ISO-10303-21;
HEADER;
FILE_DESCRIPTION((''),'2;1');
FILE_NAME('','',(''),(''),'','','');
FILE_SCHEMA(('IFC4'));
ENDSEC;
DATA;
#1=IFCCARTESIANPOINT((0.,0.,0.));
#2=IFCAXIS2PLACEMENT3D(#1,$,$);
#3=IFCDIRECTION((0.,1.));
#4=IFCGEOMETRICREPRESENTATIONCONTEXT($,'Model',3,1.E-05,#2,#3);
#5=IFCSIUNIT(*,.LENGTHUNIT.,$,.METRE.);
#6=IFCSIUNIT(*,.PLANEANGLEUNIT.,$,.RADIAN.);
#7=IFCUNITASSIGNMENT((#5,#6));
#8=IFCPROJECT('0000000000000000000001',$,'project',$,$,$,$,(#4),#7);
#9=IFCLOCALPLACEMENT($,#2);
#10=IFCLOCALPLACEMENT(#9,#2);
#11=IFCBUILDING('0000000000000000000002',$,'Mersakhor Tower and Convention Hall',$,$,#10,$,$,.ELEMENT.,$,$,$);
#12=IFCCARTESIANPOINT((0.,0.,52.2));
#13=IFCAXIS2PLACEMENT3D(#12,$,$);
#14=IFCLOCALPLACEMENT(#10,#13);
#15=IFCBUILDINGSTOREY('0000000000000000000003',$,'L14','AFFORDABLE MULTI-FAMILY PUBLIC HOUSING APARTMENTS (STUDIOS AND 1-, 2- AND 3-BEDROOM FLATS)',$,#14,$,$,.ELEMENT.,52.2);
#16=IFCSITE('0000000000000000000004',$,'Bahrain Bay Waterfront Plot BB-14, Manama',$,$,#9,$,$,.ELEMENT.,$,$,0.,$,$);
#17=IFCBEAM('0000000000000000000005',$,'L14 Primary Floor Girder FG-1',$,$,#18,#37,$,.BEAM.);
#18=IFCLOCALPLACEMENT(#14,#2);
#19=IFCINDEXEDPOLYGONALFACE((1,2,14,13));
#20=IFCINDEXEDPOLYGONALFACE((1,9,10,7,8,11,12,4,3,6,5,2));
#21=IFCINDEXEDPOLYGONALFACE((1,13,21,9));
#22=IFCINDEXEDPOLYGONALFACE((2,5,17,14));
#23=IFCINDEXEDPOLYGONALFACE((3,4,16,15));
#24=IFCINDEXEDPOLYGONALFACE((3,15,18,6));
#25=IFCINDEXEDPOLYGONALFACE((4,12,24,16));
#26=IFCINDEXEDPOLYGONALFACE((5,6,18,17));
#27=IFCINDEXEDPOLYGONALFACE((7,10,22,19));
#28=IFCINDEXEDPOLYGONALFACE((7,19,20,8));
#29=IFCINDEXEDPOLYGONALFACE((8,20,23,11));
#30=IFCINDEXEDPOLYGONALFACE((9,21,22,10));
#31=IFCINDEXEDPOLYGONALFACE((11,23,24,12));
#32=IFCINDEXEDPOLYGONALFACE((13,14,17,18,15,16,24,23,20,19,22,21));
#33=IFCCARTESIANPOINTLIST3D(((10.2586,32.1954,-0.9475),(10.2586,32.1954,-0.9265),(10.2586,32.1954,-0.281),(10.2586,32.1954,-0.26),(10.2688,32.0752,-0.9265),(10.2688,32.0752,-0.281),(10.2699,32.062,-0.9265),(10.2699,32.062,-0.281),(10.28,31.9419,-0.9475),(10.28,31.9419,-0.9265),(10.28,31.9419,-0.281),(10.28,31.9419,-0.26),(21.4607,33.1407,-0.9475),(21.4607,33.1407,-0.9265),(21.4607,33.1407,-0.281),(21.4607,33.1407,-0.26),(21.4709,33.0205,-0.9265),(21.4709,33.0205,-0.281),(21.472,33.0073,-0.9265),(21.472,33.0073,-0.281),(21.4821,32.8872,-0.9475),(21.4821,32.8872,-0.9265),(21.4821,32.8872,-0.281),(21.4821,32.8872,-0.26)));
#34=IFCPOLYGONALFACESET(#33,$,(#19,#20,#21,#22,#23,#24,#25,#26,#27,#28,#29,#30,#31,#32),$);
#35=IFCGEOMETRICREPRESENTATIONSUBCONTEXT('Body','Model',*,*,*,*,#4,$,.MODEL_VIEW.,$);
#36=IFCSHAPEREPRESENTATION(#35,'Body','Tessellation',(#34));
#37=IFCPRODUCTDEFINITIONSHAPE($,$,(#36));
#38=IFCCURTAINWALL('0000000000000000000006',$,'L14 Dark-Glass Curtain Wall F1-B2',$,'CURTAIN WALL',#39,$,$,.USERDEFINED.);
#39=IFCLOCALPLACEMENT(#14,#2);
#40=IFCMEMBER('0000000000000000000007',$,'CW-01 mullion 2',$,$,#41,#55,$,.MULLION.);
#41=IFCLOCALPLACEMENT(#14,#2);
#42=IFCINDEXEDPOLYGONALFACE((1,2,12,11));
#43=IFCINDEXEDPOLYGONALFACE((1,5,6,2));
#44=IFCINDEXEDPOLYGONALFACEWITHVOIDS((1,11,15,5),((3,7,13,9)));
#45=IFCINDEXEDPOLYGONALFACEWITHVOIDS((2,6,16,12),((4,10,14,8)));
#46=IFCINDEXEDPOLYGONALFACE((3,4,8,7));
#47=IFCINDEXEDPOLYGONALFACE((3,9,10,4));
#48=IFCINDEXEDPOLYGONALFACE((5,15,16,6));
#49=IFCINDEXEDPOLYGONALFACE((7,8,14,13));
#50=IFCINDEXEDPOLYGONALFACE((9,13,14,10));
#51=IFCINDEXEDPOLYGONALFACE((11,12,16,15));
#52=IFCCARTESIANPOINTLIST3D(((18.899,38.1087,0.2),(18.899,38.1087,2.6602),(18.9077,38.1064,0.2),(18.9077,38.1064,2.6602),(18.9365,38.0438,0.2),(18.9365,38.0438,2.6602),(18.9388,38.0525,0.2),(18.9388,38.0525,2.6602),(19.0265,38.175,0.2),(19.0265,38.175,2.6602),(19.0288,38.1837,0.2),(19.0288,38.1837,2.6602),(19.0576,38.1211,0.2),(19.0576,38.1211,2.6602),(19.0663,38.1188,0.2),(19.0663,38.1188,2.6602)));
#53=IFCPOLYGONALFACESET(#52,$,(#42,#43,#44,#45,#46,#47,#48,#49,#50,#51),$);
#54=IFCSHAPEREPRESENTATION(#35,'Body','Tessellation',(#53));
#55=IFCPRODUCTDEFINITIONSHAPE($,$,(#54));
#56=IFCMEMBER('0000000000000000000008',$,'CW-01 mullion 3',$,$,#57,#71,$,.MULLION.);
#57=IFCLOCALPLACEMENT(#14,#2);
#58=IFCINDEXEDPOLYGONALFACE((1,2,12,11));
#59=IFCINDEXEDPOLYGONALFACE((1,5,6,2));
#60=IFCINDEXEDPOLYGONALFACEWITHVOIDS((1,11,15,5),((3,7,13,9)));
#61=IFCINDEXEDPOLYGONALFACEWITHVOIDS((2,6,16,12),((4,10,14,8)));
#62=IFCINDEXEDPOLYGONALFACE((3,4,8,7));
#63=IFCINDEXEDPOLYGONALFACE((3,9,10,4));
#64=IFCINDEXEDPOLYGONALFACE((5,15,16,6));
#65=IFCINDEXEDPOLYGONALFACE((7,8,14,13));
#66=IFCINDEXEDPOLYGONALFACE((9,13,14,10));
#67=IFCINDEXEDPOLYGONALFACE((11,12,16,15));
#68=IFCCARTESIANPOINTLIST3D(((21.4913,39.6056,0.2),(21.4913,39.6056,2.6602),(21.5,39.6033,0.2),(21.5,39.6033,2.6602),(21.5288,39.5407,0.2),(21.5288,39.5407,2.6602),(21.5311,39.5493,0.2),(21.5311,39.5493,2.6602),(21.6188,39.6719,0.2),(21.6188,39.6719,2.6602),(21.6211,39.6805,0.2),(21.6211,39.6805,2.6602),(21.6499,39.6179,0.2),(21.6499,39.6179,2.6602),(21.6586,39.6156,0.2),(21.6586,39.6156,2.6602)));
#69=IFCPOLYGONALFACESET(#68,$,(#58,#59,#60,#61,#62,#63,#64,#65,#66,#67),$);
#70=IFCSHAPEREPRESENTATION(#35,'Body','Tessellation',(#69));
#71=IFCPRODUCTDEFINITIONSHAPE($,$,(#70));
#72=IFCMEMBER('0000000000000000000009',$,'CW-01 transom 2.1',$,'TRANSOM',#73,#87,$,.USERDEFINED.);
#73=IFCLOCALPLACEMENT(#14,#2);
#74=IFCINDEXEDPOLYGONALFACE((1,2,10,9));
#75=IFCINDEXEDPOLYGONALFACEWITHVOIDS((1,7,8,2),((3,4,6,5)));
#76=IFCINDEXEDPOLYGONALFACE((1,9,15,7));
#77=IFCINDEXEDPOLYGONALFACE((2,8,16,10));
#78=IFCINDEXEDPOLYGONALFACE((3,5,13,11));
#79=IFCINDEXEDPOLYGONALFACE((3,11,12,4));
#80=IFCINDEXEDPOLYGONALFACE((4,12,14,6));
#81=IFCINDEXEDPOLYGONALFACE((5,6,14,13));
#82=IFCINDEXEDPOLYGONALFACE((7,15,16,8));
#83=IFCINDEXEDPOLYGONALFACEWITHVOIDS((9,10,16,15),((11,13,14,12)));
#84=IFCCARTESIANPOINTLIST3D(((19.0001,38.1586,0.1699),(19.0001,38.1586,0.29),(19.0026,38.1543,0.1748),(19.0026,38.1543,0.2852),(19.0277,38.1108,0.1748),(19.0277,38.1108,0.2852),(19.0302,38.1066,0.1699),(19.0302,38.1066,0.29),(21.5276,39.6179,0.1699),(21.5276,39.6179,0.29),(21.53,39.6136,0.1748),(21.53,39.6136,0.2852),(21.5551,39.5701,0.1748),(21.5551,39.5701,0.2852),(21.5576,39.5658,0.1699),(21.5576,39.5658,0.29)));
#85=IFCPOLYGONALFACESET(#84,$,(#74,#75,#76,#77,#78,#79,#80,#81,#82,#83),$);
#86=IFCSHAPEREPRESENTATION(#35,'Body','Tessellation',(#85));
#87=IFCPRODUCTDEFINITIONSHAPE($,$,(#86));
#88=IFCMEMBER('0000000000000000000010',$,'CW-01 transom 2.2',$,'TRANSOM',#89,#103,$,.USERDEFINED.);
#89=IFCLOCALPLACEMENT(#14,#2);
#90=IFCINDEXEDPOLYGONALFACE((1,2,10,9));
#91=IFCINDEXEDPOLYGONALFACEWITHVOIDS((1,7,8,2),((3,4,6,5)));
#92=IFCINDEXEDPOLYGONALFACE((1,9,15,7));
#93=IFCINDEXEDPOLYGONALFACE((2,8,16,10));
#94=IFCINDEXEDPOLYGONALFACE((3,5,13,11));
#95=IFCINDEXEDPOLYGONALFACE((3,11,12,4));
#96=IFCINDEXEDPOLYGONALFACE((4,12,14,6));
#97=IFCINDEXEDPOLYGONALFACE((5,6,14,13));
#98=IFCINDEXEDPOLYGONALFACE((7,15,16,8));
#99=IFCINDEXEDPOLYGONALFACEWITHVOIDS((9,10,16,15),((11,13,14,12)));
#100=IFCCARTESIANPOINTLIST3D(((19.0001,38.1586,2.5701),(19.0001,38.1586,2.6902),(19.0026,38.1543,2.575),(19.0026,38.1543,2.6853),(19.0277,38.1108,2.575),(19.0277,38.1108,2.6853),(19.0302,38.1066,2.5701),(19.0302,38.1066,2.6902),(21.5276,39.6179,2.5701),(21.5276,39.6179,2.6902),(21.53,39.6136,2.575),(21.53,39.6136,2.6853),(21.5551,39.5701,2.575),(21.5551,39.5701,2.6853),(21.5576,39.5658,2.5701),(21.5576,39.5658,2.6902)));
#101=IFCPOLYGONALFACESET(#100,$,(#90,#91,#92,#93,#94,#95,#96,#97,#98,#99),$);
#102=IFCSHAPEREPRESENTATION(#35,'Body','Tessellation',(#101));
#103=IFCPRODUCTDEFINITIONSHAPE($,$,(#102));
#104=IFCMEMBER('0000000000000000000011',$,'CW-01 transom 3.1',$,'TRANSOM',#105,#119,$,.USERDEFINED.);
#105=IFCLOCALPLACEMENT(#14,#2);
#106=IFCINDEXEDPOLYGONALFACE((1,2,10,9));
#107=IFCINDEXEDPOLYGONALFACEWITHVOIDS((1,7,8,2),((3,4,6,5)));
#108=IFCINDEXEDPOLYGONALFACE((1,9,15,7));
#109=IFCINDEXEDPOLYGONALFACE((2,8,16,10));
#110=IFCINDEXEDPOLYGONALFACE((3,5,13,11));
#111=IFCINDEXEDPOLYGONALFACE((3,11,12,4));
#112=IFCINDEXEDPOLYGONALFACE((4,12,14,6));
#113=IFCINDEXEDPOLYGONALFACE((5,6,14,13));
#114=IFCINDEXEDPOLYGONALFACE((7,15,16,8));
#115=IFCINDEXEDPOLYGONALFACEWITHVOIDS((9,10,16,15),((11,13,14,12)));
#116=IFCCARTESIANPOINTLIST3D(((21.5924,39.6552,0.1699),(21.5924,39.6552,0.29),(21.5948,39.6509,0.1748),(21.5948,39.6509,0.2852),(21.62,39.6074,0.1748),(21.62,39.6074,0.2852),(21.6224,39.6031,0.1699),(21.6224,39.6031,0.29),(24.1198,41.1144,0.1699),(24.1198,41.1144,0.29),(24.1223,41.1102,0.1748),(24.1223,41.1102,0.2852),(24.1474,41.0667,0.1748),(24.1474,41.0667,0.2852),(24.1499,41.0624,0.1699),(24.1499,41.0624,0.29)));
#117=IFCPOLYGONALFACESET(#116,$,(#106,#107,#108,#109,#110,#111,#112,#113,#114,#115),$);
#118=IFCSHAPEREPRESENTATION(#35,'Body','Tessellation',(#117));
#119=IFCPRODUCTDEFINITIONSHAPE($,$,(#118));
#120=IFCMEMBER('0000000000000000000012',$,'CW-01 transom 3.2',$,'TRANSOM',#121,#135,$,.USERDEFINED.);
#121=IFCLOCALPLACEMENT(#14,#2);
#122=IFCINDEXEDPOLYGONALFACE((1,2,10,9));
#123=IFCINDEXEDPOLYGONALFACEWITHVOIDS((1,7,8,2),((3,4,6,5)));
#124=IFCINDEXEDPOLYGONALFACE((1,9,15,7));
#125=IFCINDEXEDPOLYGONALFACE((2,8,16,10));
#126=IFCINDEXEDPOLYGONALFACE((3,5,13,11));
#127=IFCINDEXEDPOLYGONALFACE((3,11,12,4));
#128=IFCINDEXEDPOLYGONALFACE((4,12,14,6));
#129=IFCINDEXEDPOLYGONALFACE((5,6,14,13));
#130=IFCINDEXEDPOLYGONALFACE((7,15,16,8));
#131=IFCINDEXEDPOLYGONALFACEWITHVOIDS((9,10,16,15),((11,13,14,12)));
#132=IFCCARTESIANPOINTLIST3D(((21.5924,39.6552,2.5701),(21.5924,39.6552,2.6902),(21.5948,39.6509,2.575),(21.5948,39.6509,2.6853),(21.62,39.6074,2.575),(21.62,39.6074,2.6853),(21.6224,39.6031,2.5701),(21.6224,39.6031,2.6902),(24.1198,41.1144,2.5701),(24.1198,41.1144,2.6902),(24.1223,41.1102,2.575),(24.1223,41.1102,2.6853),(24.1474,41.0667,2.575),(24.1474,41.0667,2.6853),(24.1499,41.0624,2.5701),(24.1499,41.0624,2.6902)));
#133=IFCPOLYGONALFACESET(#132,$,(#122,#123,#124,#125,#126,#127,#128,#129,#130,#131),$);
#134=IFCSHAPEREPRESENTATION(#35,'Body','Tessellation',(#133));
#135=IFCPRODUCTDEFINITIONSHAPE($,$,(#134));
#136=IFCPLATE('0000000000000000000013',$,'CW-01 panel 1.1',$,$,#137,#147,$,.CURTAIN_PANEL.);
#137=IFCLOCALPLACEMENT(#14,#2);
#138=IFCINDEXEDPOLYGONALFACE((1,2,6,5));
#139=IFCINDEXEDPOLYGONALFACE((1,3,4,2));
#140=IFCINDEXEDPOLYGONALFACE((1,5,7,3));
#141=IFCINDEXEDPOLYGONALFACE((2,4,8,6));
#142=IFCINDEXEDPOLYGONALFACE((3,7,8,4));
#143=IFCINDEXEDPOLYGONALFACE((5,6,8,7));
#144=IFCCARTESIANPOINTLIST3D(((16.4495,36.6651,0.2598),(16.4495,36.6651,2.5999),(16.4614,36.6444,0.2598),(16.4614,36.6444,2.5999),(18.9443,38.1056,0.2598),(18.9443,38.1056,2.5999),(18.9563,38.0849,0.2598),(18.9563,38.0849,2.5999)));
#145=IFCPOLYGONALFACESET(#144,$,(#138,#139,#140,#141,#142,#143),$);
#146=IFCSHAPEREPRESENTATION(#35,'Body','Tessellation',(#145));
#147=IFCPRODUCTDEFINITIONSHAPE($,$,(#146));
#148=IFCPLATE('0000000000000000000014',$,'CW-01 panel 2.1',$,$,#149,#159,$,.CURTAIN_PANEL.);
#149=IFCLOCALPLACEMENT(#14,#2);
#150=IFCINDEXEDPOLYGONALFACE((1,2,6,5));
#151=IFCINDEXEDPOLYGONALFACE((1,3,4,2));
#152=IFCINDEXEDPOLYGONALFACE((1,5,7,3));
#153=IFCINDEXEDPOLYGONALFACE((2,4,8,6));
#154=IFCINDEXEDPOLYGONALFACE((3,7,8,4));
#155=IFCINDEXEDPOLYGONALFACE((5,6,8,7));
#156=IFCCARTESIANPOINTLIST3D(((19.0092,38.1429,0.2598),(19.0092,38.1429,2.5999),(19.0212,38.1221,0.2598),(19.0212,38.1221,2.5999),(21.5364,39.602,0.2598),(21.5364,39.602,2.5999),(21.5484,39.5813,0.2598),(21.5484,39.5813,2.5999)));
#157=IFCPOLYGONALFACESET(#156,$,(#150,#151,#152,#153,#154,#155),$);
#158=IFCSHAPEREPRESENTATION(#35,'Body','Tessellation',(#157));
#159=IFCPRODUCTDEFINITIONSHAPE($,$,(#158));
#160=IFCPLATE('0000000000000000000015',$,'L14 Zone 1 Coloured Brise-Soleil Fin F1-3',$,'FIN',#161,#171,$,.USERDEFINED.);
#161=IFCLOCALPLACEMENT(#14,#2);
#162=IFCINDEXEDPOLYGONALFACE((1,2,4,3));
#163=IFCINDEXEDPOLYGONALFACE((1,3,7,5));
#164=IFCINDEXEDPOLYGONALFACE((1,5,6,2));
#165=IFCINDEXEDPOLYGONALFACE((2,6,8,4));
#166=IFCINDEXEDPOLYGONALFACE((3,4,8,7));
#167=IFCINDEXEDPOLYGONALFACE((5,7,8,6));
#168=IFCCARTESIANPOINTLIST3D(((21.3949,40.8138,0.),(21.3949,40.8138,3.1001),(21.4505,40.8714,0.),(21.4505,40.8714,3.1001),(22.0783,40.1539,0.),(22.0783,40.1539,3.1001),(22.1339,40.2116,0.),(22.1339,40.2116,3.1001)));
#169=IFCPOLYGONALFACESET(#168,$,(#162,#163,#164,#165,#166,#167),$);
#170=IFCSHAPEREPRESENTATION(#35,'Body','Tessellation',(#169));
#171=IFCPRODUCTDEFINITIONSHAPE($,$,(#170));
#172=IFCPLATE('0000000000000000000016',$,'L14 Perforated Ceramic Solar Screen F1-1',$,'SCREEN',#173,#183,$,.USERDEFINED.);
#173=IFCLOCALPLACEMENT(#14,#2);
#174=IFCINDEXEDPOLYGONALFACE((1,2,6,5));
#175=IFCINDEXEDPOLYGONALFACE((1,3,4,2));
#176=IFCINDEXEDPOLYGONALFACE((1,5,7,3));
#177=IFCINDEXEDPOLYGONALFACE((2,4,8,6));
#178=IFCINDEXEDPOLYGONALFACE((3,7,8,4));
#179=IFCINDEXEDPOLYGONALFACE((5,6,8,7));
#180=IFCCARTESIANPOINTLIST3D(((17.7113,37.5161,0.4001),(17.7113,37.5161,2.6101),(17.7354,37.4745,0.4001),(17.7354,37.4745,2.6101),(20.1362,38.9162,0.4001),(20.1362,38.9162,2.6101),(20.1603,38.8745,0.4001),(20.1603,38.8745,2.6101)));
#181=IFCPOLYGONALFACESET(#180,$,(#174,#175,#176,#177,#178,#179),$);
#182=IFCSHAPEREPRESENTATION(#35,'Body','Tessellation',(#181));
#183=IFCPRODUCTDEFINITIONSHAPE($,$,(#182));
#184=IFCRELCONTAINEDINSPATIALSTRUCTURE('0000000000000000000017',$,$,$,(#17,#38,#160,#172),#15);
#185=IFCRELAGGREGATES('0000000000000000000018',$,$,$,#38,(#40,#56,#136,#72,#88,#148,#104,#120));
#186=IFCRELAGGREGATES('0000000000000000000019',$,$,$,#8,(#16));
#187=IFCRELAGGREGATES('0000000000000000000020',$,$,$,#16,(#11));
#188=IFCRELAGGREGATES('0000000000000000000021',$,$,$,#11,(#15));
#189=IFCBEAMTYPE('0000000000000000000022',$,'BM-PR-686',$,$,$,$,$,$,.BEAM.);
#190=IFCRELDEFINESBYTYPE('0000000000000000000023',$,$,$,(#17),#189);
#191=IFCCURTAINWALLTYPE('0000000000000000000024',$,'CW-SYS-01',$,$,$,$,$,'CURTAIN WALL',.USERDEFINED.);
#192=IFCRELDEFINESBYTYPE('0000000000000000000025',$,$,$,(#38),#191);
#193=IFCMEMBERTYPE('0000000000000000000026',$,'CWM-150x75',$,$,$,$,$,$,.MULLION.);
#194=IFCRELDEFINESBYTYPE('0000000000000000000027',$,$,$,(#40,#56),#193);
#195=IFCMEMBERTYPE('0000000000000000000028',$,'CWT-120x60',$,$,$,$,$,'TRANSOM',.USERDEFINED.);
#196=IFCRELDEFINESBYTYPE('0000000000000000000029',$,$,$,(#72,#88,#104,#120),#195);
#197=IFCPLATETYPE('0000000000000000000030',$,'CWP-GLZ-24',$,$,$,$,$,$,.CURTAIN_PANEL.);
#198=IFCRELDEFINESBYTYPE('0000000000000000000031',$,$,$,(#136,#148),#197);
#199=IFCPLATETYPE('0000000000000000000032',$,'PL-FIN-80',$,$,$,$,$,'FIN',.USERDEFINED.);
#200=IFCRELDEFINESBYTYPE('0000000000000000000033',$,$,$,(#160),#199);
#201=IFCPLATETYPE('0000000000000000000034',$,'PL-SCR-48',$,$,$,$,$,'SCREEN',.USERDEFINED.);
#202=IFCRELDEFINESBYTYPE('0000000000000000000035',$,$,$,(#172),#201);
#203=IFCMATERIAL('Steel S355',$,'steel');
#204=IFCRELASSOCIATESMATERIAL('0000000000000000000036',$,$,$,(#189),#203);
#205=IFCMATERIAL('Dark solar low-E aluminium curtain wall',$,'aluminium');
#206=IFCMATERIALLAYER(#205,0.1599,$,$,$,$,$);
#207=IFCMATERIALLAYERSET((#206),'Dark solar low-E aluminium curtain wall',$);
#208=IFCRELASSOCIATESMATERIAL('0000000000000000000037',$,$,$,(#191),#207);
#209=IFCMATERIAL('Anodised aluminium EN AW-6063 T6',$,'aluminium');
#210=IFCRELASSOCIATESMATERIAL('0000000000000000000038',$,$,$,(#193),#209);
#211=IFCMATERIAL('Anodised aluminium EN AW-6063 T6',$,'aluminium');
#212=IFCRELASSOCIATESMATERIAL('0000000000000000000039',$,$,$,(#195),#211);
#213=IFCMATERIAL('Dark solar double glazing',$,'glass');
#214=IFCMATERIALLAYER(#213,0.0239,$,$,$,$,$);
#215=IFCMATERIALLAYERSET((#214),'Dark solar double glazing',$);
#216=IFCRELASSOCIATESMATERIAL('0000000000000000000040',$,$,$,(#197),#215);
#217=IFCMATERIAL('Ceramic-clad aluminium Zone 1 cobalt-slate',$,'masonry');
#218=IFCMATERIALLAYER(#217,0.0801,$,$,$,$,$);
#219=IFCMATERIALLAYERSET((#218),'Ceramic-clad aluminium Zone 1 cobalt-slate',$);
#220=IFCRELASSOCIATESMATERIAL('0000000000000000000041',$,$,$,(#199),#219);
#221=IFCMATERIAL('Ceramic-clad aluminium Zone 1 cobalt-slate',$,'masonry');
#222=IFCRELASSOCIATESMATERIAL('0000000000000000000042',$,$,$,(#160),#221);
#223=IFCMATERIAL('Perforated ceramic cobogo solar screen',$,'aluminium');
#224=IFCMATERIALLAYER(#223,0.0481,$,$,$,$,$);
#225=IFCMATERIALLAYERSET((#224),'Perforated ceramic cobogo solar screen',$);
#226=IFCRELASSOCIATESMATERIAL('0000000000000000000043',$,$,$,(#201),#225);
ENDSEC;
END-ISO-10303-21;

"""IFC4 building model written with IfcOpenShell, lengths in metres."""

from ifc_helpers import new_model, si_unit, direction, frame, origin, origin_2d, place, context, subcontext, project, spatial, rectangle, hollow_rectangle, i_section, extrude, material, layer, layer_set, material_profile, profile_set, type_object, element, aggregate, save


model = new_model("IFC4")

# Units and contexts
model_context = context("Model", 3, precision=1e-05, world=origin(), true_north=direction((0.0, 1.0)))
body_context = subcontext(model_context, "Body", "Model", "MODEL_VIEW")
ifc_project = project(units=[si_unit("LENGTHUNIT", "METRE"), si_unit("PLANEANGLEUNIT", "RADIAN")], contexts=[model_context])

# Site, building, storey
site_placement = place(None, origin())
site = spatial("IfcSite", under=ifc_project, at=site_placement, Name="Bahrain Bay Waterfront Plot BB-14, Manama", CompositionType="ELEMENT", RefElevation=0.0)
building_placement = place(site_placement, origin())
building = spatial("IfcBuilding", under=site, at=building_placement, Name="Mersakhor Tower and Convention Hall", CompositionType="ELEMENT")
storey_placement = place(building_placement, frame((0.0, 0.0, 52.2)))
storey = spatial("IfcBuildingStorey", under=building, at=storey_placement, Name="L14", Description="AFFORDABLE MULTI-FAMILY PUBLIC HOUSING APARTMENTS (STUDIOS AND 1-, 2- AND 3-BEDROOM FLATS)", CompositionType="ELEMENT", Elevation=52.2)

# Beam
ifc_material_1 = material(Name="Steel S355", Category="steel")
ifc_material_profile_1 = material_profile(ifc_material_1, i_section(OverallWidth=0.2544, OverallDepth=0.6875, WebThickness=0.0132, FlangeThickness=0.021, at=origin_2d()), Name="UB 686x254x152")
ifc_profile_set_1 = profile_set([ifc_material_profile_1], Name="Steel S355")
beam_type = type_object("IfcBeamType", Name="BM-PR-686", PredefinedType="BEAM", material=ifc_profile_set_1)
beam_placement = place(storey_placement, frame((21.4714, 33.0139, -0.6038), z_axis=(-0.996458, -0.084088, 0.0), x_axis=(0.084088, -0.996458, 0.0)))
element("IfcBeam", 1, at=beam_placement, inside=storey, type_object=beam_type, Name="L14 Primary Floor Girder FG-1", PredefinedType="BEAM", context=body_context, shape_type="SweptSolid", body=[
    extrude(i_section(OverallWidth=0.2544, OverallDepth=0.6875, WebThickness=0.0132, FlangeThickness=0.021, at=origin_2d()), origin(), (0.0, 0.0, 1.0), 11.2419),
])

# Curtain wall, members, plates
ifc_material_2 = material(Name="Dark solar low-E aluminium curtain wall", Category="aluminium")
ifc_layer_1 = layer(ifc_material_2, 0.1599)
ifc_layer_set_1 = layer_set([ifc_layer_1], Name="Dark solar low-E aluminium curtain wall")
curtain_wall_type = type_object("IfcCurtainWallType", Name="CW-SYS-01", ElementType="CURTAIN WALL", PredefinedType="USERDEFINED", material=ifc_layer_set_1)
curtain_wall_placement = place(storey_placement, origin())
curtain_wall = element("IfcCurtainWall", 2, at=curtain_wall_placement, inside=storey, type_object=curtain_wall_type, Name="L14 Dark-Glass Curtain Wall F1-B2", ObjectType="CURTAIN WALL", PredefinedType="USERDEFINED")
ifc_material_3 = material(Name="Anodised aluminium EN AW-6063 T6", Category="aluminium")
ifc_material_profile_2 = material_profile(ifc_material_3, hollow_rectangle(XDim=0.075, YDim=0.1499, WallThickness=0.0063, at=origin_2d()), Name="RHS 150x75x6.3")
ifc_profile_set_2 = profile_set([ifc_material_profile_2], Name="Anodised aluminium EN AW-6063 T6")
member_type_1 = type_object("IfcMemberType", Name="CWM-150x75", PredefinedType="MULLION", material=ifc_profile_set_2)
member_1_placement = place(storey_placement, frame((18.9827, 38.1138, 0.2), z_axis=(0.0, 0.0, 1.0), x_axis=(-0.500003, 0.866023, 0.0)))
member_1 = element("IfcMember", 3, at=member_1_placement, type_object=member_type_1, Name="CW-01 mullion 2", PredefinedType="MULLION", context=body_context, shape_type="SweptSolid", body=[
    extrude(hollow_rectangle(XDim=0.075, YDim=0.1499, WallThickness=0.0063, at=origin_2d()), origin(), (0.0, 0.0, 1.0), 2.4602),
])
member_2_placement = place(storey_placement, frame((21.575, 39.6106, 0.2), z_axis=(0.0, 0.0, 1.0), x_axis=(-0.500003, 0.866023, 0.0)))
member_2 = element("IfcMember", 4, at=member_2_placement, type_object=member_type_1, Name="CW-01 mullion 3", PredefinedType="MULLION", context=body_context, shape_type="SweptSolid", body=[
    extrude(hollow_rectangle(XDim=0.075, YDim=0.1499, WallThickness=0.0063, at=origin_2d()), origin(), (0.0, 0.0, 1.0), 2.4602),
])
ifc_material_4 = material(Name="Anodised aluminium EN AW-6063 T6", Category="aluminium")
ifc_material_profile_3 = material_profile(ifc_material_4, hollow_rectangle(XDim=0.0601, YDim=0.1201, WallThickness=0.0049, at=origin_2d()), Name="RHS 120x60x5")
ifc_profile_set_3 = profile_set([ifc_material_profile_3], Name="Anodised aluminium EN AW-6063 T6")
member_type_2 = type_object("IfcMemberType", Name="CWT-120x60", ElementType="TRANSOM", PredefinedType="USERDEFINED", material=ifc_profile_set_3)
member_3_placement = place(storey_placement, frame((19.0151, 38.1326, 0.23), z_axis=(0.866016, 0.500017, 0.0), x_axis=(-0.500017, 0.866016, 0.0)))
member_3 = element("IfcMember", 5, at=member_3_placement, type_object=member_type_2, Name="CW-01 transom 2.1", ObjectType="TRANSOM", PredefinedType="USERDEFINED", context=body_context, shape_type="SweptSolid", body=[
    extrude(hollow_rectangle(XDim=0.0601, YDim=0.1201, WallThickness=0.0049, at=origin_2d()), origin(), (0.0, 0.0, 1.0), 2.9185),
])
member_4_placement = place(storey_placement, frame((19.0151, 38.1326, 2.6301), z_axis=(0.866016, 0.500017, 0.0), x_axis=(-0.500017, 0.866016, 0.0)))
member_4 = element("IfcMember", 6, at=member_4_placement, type_object=member_type_2, Name="CW-01 transom 2.2", ObjectType="TRANSOM", PredefinedType="USERDEFINED", context=body_context, shape_type="SweptSolid", body=[
    extrude(hollow_rectangle(XDim=0.0601, YDim=0.1201, WallThickness=0.0049, at=origin_2d()), origin(), (0.0, 0.0, 1.0), 2.9185),
])
member_5_placement = place(storey_placement, frame((21.6074, 39.6292, 0.23), z_axis=(0.866016, 0.500017, 0.0), x_axis=(-0.500017, 0.866016, 0.0)))
member_5 = element("IfcMember", 7, at=member_5_placement, type_object=member_type_2, Name="CW-01 transom 3.1", ObjectType="TRANSOM", PredefinedType="USERDEFINED", context=body_context, shape_type="SweptSolid", body=[
    extrude(hollow_rectangle(XDim=0.0601, YDim=0.1201, WallThickness=0.0049, at=origin_2d()), origin(), (0.0, 0.0, 1.0), 2.9185),
])
member_6_placement = place(storey_placement, frame((21.6074, 39.6292, 2.6301), z_axis=(0.866016, 0.500017, 0.0), x_axis=(-0.500017, 0.866016, 0.0)))
member_6 = element("IfcMember", 8, at=member_6_placement, type_object=member_type_2, Name="CW-01 transom 3.2", ObjectType="TRANSOM", PredefinedType="USERDEFINED", context=body_context, shape_type="SweptSolid", body=[
    extrude(hollow_rectangle(XDim=0.0601, YDim=0.1201, WallThickness=0.0049, at=origin_2d()), origin(), (0.0, 0.0, 1.0), 2.9185),
])
ifc_material_5 = material(Name="Dark solar double glazing", Category="glass")
ifc_layer_2 = layer(ifc_material_5, 0.0239)
ifc_layer_set_2 = layer_set([ifc_layer_2], Name="Dark solar double glazing")
plate_type_1 = type_object("IfcPlateType", Name="CWP-GLZ-24", PredefinedType="CURTAIN_PANEL", material=ifc_layer_set_2)
plate_1_placement = place(storey_placement, frame((17.7029, 37.375, 0.2598), z_axis=(0.0, 0.0, 1.0), x_axis=(0.866023, 0.500003, 0.0)))
plate_1 = element("IfcPlate", 9, at=plate_1_placement, type_object=plate_type_1, Name="CW-01 panel 1.1", PredefinedType="CURTAIN_PANEL", context=body_context, shape_type="SweptSolid", body=[
    extrude(rectangle(XDim=2.8809, YDim=0.0239, at=origin_2d()), origin(), (0.0, 0.0, 1.0), 2.3401),
])
plate_2_placement = place(storey_placement, frame((20.2788, 38.8621, 0.2598), z_axis=(0.0, 0.0, 1.0), x_axis=(0.866023, 0.500003, 0.0)))
plate_2 = element("IfcPlate", 10, at=plate_2_placement, type_object=plate_type_1, Name="CW-01 panel 2.1", PredefinedType="CURTAIN_PANEL", context=body_context, shape_type="SweptSolid", body=[
    extrude(rectangle(XDim=2.9182, YDim=0.0239, at=origin_2d()), origin(), (0.0, 0.0, 1.0), 2.3401),
])
aggregate(curtain_wall, [member_1, member_2, plate_1, member_3, member_4, plate_2, member_5, member_6])

# Plates
ifc_material_6 = material(Name="Ceramic-clad aluminium Zone 1 cobalt-slate", Category="masonry")
ifc_material_7 = material(Name="Ceramic-clad aluminium Zone 1 cobalt-slate", Category="masonry")
ifc_layer_3 = layer(ifc_material_7, 0.0801)
ifc_layer_set_3 = layer_set([ifc_layer_3], Name="Ceramic-clad aluminium Zone 1 cobalt-slate")
plate_type_2 = type_object("IfcPlateType", Name="PL-FIN-80", ElementType="FIN", PredefinedType="USERDEFINED", material=ifc_layer_set_3)
plate_3_placement = place(storey_placement, frame((21.7644, 40.5127, 0.0), z_axis=(0.0, 0.0, 1.0), x_axis=(-0.71934, 0.694658, 0.0)))
element("IfcPlate", 11, at=plate_3_placement, inside=storey, type_object=plate_type_2, material=ifc_material_6, Name="L14 Zone 1 Coloured Brise-Soleil Fin F1-3", ObjectType="FIN", PredefinedType="USERDEFINED", context=body_context, shape_type="SweptSolid", body=[
    extrude(rectangle(XDim=0.95, YDim=0.0801, at=origin_2d()), origin(), (0.0, 0.0, 1.0), 3.1001),
])
ifc_material_8 = material(Name="Perforated ceramic cobogo solar screen", Category="aluminium")
ifc_layer_4 = layer(ifc_material_8, 0.0481)
ifc_layer_set_4 = layer_set([ifc_layer_4], Name="Perforated ceramic cobogo solar screen")
plate_type_3 = type_object("IfcPlateType", Name="PL-SCR-48", ElementType="SCREEN", PredefinedType="USERDEFINED", material=ifc_layer_set_4)
plate_4_placement = place(storey_placement, frame((18.9358, 38.1953, 0.4001), z_axis=(0.0, 0.0, 1.0), x_axis=(0.866025, 0.5, 0.0)))
element("IfcPlate", 12, at=plate_4_placement, inside=storey, type_object=plate_type_3, Name="L14 Perforated Ceramic Solar Screen F1-1", ObjectType="SCREEN", PredefinedType="USERDEFINED", context=body_context, shape_type="SweptSolid", body=[
    extrude(rectangle(XDim=2.8, YDim=0.0481, at=origin_2d()), origin(), (0.0, 0.0, 1.0), 2.21),
])

save(model, "model.ifc")
